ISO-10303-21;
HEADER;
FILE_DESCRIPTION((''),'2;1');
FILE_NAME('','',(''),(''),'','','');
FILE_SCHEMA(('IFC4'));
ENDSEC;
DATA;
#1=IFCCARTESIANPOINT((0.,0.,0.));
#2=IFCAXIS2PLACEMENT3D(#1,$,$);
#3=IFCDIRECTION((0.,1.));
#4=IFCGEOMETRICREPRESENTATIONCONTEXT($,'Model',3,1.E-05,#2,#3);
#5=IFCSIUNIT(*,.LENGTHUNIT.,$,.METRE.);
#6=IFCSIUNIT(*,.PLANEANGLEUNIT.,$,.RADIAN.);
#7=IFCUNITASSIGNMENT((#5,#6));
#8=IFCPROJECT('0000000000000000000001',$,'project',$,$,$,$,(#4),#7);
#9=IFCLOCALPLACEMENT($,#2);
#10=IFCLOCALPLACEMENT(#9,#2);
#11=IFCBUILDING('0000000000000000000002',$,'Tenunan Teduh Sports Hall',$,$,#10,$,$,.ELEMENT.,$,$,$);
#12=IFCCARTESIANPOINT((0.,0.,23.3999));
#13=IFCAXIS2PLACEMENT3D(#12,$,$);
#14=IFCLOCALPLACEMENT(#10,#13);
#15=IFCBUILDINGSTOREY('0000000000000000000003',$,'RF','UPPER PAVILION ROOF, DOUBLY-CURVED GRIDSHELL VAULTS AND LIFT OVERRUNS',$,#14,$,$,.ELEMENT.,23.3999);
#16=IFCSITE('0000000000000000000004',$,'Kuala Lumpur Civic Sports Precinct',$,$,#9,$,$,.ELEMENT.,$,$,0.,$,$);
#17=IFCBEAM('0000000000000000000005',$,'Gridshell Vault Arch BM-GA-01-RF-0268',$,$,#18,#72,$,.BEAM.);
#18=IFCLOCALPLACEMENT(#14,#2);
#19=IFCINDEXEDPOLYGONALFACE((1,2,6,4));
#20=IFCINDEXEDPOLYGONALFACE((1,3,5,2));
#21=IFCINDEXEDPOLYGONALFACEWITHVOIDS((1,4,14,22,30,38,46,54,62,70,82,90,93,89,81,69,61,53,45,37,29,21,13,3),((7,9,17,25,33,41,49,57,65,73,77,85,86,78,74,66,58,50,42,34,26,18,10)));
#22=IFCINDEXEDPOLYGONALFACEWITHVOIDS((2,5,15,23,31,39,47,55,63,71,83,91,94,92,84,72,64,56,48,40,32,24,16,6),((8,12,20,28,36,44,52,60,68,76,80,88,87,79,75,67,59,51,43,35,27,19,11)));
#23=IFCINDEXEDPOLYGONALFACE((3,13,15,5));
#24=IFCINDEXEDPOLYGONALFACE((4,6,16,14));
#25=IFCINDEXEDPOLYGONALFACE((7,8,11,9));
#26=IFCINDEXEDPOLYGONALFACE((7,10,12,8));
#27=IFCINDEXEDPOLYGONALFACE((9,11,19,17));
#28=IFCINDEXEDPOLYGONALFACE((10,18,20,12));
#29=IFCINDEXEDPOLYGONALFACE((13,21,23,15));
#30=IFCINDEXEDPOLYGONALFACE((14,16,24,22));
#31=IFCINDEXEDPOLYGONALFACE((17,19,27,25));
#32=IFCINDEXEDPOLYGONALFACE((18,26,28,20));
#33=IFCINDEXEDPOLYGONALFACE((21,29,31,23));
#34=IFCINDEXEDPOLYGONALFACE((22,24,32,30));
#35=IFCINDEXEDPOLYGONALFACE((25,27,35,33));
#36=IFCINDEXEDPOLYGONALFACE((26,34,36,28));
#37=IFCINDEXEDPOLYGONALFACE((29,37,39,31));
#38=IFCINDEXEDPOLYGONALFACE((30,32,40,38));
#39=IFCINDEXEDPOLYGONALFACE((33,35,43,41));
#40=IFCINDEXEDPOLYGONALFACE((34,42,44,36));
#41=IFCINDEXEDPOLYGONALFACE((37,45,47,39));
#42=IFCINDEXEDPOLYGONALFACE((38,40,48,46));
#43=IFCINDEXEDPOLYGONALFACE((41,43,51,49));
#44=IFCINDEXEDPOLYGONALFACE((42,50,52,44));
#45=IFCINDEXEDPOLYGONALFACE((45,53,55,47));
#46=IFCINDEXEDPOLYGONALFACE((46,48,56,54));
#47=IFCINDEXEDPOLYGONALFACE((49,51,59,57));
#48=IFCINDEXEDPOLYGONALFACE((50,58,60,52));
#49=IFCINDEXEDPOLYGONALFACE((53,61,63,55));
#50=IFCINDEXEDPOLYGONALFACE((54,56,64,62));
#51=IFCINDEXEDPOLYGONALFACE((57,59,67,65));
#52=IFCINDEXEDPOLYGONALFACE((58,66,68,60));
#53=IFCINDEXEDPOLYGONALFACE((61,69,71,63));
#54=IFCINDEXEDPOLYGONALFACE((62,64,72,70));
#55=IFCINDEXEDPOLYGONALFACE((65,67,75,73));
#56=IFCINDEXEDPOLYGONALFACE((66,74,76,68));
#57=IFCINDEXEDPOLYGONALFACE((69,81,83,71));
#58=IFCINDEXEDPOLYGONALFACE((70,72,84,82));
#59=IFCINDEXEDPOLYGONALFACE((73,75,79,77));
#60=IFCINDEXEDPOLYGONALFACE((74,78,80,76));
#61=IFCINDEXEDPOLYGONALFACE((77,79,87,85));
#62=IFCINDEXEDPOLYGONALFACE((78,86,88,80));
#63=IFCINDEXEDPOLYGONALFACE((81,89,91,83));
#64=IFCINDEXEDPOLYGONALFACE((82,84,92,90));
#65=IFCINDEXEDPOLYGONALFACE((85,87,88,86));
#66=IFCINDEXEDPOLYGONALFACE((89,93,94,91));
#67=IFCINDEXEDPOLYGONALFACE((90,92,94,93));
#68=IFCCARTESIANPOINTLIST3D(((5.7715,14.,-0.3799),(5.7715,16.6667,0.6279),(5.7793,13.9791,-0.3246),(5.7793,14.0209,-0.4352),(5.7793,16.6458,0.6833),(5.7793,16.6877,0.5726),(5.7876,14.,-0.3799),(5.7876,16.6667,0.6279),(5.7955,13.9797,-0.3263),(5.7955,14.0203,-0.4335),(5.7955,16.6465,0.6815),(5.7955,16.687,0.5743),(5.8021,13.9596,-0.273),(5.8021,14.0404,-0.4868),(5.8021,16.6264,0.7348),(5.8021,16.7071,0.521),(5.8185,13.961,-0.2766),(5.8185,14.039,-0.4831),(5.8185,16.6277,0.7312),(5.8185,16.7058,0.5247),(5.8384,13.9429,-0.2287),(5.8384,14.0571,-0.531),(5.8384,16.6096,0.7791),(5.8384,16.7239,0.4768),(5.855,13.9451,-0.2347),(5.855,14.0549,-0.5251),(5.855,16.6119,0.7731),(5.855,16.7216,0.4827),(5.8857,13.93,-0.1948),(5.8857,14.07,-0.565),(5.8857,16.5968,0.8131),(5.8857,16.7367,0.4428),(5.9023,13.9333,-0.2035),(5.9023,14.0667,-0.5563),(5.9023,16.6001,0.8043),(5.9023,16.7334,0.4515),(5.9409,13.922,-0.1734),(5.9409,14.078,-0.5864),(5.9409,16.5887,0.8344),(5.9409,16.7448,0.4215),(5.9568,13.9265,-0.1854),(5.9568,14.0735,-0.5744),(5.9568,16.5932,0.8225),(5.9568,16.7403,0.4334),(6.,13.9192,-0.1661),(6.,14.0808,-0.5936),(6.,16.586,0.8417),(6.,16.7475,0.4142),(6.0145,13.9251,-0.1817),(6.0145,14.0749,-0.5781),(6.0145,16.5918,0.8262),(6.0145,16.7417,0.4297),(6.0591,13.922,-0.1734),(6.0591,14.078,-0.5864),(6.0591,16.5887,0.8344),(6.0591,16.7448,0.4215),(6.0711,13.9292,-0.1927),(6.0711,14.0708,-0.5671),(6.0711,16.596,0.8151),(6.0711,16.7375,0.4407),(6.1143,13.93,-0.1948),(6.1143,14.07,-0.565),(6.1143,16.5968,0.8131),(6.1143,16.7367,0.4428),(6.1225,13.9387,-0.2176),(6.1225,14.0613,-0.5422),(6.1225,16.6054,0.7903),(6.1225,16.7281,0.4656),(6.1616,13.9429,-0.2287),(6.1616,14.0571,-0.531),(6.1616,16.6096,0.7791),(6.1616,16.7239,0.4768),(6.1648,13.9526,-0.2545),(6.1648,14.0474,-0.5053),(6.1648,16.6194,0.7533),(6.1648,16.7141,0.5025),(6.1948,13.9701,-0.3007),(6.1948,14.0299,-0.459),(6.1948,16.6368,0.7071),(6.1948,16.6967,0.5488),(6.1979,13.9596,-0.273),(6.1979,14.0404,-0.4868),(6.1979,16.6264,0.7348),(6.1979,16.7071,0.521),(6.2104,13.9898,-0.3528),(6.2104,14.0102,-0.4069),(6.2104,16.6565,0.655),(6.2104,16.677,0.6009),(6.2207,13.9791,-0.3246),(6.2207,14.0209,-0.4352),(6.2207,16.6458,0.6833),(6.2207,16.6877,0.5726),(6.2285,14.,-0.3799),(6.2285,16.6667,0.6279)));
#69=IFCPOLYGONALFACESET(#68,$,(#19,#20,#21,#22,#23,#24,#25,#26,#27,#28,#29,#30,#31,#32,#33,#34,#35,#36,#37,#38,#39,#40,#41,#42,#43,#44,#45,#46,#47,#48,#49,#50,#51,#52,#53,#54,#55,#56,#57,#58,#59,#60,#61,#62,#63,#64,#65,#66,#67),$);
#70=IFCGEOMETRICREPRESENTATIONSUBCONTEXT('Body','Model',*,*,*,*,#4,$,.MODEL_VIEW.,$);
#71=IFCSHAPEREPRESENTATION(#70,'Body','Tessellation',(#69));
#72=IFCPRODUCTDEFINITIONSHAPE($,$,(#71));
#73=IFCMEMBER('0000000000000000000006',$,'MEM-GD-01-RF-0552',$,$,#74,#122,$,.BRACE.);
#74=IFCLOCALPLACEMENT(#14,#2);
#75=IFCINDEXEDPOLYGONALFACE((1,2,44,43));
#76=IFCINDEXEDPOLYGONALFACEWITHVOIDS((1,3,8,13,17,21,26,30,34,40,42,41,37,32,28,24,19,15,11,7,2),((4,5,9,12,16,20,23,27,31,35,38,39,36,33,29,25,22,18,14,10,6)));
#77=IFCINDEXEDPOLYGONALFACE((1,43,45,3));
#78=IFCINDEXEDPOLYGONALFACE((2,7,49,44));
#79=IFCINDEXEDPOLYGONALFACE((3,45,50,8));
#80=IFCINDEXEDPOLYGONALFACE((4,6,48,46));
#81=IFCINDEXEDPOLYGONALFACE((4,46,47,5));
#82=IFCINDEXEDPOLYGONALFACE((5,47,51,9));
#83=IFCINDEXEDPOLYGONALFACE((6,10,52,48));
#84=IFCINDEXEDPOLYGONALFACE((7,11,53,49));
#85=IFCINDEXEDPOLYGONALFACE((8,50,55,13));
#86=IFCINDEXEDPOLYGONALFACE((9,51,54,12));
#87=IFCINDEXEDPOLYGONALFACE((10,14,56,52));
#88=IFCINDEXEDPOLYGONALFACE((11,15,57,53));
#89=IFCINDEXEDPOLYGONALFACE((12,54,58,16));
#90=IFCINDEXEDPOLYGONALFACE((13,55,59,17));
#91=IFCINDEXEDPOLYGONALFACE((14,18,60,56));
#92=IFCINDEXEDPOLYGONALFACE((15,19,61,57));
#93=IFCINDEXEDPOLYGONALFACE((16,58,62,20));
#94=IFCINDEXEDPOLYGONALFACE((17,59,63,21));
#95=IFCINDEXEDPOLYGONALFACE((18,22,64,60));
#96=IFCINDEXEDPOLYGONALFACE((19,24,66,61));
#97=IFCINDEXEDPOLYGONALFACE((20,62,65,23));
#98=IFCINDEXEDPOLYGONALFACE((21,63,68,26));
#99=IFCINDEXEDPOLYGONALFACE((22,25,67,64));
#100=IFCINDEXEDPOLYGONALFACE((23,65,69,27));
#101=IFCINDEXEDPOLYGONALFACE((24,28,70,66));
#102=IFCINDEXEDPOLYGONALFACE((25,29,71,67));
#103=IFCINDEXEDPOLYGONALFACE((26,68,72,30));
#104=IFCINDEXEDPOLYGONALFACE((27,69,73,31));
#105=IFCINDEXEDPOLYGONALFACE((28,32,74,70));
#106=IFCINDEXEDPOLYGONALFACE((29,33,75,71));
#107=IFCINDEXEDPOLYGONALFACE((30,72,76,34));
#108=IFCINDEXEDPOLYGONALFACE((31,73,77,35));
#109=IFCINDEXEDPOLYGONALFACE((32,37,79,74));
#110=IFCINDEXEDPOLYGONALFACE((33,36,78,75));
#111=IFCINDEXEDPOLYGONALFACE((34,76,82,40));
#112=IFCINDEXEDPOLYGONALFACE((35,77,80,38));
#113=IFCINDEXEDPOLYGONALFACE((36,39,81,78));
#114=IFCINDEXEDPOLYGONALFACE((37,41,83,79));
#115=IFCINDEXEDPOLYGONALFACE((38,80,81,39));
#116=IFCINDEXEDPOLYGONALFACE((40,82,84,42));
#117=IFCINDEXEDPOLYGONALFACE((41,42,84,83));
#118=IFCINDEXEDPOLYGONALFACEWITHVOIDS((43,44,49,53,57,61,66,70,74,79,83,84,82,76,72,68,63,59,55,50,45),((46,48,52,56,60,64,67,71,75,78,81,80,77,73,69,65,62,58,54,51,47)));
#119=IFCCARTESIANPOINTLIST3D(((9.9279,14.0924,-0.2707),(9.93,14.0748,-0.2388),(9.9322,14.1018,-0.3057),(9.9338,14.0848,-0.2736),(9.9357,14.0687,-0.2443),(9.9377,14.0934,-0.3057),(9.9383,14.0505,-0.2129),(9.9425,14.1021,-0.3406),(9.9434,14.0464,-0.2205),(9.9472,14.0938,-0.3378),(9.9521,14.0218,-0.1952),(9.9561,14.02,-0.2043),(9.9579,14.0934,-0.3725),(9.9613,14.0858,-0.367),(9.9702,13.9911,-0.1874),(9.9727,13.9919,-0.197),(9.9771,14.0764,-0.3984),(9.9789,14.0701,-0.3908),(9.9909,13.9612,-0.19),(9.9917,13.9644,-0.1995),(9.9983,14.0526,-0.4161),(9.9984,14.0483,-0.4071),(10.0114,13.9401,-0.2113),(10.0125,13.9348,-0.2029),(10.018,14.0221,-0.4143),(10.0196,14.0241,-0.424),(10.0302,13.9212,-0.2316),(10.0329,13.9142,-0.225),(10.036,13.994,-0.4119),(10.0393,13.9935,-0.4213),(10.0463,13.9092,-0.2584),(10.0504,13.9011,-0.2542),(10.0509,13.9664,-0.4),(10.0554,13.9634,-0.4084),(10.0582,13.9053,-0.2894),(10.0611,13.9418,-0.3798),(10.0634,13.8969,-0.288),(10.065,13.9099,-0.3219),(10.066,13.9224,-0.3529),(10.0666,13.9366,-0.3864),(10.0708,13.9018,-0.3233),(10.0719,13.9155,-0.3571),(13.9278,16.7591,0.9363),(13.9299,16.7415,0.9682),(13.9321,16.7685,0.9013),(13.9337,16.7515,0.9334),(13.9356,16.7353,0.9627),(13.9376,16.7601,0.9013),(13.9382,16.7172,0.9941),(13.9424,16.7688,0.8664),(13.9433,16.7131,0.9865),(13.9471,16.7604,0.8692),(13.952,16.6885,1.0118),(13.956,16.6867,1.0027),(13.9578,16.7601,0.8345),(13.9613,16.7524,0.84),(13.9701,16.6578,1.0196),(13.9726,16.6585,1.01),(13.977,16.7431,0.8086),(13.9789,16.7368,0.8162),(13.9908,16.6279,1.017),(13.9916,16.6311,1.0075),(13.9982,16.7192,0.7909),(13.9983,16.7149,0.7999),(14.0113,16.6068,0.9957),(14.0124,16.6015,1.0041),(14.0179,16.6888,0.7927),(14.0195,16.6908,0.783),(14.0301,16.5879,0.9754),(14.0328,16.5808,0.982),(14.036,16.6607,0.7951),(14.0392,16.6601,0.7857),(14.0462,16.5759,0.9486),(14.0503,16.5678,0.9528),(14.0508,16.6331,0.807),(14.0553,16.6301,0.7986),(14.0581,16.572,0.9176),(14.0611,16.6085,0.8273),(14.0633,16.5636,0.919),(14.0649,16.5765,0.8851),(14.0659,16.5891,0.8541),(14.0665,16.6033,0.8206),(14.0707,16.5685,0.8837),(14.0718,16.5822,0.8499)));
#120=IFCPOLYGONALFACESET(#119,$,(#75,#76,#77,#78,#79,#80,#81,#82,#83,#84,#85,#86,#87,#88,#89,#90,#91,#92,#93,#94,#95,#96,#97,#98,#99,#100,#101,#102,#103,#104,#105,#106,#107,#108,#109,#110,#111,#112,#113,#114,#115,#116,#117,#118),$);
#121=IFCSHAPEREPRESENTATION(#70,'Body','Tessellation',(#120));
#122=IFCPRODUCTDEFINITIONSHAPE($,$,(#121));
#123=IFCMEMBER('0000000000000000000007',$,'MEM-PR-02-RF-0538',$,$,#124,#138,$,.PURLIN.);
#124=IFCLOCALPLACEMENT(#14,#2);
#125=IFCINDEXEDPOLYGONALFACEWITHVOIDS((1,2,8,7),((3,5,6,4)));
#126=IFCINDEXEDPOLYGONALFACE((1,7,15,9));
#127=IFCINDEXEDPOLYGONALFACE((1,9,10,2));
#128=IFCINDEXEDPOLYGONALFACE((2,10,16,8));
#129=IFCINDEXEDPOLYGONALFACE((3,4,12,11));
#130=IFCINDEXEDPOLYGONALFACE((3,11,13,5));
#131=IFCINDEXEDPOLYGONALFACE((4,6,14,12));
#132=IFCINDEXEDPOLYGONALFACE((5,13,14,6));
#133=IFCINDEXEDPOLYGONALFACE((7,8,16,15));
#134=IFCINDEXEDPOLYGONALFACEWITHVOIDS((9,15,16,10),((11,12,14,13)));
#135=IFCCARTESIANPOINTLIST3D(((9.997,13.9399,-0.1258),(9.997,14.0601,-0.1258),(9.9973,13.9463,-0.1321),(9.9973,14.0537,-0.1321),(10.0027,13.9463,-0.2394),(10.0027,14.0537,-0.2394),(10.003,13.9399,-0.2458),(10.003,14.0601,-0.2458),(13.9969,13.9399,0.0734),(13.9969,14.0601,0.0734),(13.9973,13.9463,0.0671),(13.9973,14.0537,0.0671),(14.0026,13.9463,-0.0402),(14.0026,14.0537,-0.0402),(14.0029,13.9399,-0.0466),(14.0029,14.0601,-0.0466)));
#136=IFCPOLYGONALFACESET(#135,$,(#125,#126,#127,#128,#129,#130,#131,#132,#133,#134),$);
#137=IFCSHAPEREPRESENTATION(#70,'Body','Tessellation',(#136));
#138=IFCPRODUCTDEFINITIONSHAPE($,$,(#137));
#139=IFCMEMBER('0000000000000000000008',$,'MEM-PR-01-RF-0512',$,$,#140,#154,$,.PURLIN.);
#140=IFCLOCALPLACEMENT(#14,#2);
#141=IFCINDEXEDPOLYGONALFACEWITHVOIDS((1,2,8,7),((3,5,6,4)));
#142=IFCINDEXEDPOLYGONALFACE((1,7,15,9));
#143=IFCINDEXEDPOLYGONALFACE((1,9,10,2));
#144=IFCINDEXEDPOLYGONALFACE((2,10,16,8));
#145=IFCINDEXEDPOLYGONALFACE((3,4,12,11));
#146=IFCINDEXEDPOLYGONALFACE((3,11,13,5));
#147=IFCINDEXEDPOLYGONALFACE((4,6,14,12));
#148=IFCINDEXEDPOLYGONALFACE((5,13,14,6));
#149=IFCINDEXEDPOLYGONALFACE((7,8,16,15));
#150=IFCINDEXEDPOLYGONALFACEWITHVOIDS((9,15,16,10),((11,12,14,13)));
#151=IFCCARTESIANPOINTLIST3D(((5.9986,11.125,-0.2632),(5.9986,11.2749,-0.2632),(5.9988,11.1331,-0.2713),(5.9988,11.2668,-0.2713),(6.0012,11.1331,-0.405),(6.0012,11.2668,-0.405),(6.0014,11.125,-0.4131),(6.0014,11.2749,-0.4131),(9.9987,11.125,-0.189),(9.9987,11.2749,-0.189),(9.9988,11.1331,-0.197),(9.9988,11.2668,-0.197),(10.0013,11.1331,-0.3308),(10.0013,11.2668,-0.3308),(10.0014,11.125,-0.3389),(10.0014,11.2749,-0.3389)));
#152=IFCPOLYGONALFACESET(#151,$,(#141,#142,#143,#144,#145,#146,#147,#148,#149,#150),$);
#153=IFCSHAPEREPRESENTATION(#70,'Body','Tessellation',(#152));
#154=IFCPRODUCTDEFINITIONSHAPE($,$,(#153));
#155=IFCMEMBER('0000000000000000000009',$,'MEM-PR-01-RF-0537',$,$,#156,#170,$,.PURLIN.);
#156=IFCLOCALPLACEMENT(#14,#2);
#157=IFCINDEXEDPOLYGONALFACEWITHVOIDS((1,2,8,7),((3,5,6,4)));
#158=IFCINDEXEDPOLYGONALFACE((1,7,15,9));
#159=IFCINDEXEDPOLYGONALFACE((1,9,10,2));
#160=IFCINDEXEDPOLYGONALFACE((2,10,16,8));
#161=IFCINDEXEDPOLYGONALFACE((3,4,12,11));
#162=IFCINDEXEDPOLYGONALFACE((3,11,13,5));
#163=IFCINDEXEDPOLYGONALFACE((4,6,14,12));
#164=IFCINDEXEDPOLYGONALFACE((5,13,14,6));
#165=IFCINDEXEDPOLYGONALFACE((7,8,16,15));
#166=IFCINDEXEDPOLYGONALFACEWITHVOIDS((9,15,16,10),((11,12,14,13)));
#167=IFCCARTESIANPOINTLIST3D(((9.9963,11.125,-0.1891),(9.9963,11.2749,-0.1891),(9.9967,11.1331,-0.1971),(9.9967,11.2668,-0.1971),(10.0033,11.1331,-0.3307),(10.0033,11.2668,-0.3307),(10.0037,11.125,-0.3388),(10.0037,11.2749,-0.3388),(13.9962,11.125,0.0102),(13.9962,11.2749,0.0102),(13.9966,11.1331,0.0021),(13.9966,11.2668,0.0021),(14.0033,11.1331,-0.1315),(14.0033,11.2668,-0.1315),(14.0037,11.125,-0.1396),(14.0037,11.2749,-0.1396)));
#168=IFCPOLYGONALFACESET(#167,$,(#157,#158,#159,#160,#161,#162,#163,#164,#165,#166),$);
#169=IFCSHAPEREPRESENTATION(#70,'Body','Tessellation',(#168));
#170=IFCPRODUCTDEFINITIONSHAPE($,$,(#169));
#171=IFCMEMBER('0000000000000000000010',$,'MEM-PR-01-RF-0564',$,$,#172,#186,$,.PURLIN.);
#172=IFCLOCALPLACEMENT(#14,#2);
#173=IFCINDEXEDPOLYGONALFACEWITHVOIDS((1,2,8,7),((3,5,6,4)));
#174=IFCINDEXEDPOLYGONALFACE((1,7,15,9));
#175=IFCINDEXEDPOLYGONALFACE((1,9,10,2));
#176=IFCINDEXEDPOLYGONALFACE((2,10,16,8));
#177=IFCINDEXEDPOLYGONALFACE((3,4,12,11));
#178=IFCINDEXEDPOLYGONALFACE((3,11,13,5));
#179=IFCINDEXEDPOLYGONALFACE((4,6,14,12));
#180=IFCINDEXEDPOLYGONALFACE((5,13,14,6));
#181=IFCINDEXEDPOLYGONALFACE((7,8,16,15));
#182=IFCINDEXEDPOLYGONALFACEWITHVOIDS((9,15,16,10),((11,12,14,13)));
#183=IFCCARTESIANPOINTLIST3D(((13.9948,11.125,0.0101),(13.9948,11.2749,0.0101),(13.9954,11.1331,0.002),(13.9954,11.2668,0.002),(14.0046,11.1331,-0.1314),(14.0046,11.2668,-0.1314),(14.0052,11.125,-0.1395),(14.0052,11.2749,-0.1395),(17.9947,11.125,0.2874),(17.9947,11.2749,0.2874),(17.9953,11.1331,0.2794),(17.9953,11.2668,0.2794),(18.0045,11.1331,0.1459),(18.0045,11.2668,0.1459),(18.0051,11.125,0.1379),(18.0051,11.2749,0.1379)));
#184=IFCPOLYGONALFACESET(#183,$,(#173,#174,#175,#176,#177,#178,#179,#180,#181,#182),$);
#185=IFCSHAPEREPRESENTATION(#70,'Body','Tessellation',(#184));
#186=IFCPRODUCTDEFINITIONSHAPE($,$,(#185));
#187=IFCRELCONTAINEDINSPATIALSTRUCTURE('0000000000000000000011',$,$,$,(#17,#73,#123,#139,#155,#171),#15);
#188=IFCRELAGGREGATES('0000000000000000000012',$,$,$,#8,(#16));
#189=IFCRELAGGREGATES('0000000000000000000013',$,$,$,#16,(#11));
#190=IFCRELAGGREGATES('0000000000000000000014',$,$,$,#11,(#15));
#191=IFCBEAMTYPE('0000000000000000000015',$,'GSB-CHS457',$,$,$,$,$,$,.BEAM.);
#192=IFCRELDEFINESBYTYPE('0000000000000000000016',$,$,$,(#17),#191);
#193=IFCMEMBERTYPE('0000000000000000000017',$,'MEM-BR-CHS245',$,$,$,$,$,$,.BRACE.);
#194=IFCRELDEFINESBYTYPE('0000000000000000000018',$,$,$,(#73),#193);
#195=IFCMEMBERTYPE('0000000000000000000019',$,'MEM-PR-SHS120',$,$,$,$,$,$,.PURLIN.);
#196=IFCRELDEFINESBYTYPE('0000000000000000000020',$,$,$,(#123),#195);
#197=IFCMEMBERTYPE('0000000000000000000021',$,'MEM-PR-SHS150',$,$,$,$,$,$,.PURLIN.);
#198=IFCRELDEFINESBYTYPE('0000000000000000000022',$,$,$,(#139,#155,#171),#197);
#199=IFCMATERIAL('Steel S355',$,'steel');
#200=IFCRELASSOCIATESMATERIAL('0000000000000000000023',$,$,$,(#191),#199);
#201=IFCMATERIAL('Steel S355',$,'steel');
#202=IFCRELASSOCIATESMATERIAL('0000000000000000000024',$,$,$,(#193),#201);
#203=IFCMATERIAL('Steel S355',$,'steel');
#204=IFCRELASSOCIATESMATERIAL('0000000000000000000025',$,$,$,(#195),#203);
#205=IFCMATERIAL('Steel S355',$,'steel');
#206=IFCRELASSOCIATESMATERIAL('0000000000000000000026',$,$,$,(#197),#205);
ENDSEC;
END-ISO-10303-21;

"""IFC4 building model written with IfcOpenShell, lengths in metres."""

from ifc_helpers import new_model, si_unit, direction, frame, origin, origin_2d, place, context, subcontext, project, spatial, hollow_rectangle, hollow_circle, extrude, material, material_profile, profile_set, type_object, element, save


model = new_model("IFC4")

# Units and contexts
model_context = context("Model", 3, precision=1e-05, world=origin(), true_north=direction((0.0, 1.0)))
body_context = subcontext(model_context, "Body", "Model", "MODEL_VIEW")
ifc_project = project(units=[si_unit("LENGTHUNIT", "METRE"), si_unit("PLANEANGLEUNIT", "RADIAN")], contexts=[model_context])

# Site, building, storey
site_placement = place(None, origin())
site = spatial("IfcSite", under=ifc_project, at=site_placement, Name="Kuala Lumpur Civic Sports Precinct", CompositionType="ELEMENT", RefElevation=0.0)
building_placement = place(site_placement, origin())
building = spatial("IfcBuilding", under=site, at=building_placement, Name="Tenunan Teduh Sports Hall", CompositionType="ELEMENT")
storey_placement = place(building_placement, frame((0.0, 0.0, 23.3999)))
storey = spatial("IfcBuildingStorey", under=building, at=storey_placement, Name="RF", Description="UPPER PAVILION ROOF, DOUBLY-CURVED GRIDSHELL VAULTS AND LIFT OVERRUNS", CompositionType="ELEMENT", Elevation=23.3999)

# Beam
ifc_material_1 = material(Name="Steel S355", Category="steel")
ifc_material_profile_1 = material_profile(ifc_material_1, hollow_circle(Radius=0.2285, WallThickness=0.0161, at=origin_2d()), Name="CHS 457.0x16.0")
ifc_profile_set_1 = profile_set([ifc_material_profile_1], Name="Steel S355")
beam_type_1 = type_object("IfcBeamType", Name="GSB-CHS457", PredefinedType="BEAM", material=ifc_profile_set_1)
beam_1_placement = place(storey_placement, frame((6.0, 14.0, -0.3799), z_axis=(0.0, 0.935429, 0.353515), x_axis=(-1.0, 0.0, 0.0)))
element("IfcBeam", 1, at=beam_1_placement, inside=storey, type_object=beam_type_1, Name="Gridshell Vault Arch BM-GA-01-RF-0268", PredefinedType="BEAM", context=body_context, shape_type="SweptSolid", body=[
    extrude(hollow_circle(Radius=0.2285, WallThickness=0.0161, at=origin_2d()), origin(), (0.0, 0.0, 1.0), 2.8508),
])

# Members
ifc_material_2 = material(Name="Steel S355", Category="steel")
ifc_material_profile_2 = material_profile(ifc_material_2, hollow_circle(Radius=0.1223, WallThickness=0.01, at=origin_2d()), Name="CHS 244.5x10.0")
ifc_profile_set_2 = profile_set([ifc_material_profile_2], Name="Steel S355")
member_type_1 = type_object("IfcMemberType", Name="MEM-BR-CHS245", PredefinedType="BRACE", material=ifc_profile_set_2)
member_1_placement = place(storey_placement, frame((10.0, 14.0, -0.3057), z_axis=(0.806995, 0.538013, 0.243517), x_axis=(-0.554712, 0.832042, 0.0)))
element("IfcMember", 2, at=member_1_placement, inside=storey, type_object=member_type_1, Name="MEM-GD-01-RF-0552", PredefinedType="BRACE", context=body_context, shape_type="SweptSolid", body=[
    extrude(hollow_circle(Radius=0.1223, WallThickness=0.01, at=origin_2d()), origin(), (0.0, 0.0, 1.0), 4.9565),
])
ifc_material_3 = material(Name="Steel S355", Category="steel")
ifc_material_profile_3 = material_profile(ifc_material_3, hollow_rectangle(XDim=0.1201, YDim=0.1201, WallThickness=0.0063, at=origin_2d()), Name="SHS 120x120x6.3")
ifc_profile_set_3 = profile_set([ifc_material_profile_3], Name="Steel S355")
member_type_2 = type_object("IfcMemberType", Name="MEM-PR-SHS120", PredefinedType="PURLIN", material=ifc_profile_set_3)
member_2_placement = place(storey_placement, frame((10.0, 14.0, -0.1858), z_axis=(0.998762, 0.0, 0.049743), x_axis=(0.0, 1.0, 0.0)))
element("IfcMember", 3, at=member_2_placement, inside=storey, type_object=member_type_2, Name="MEM-PR-02-RF-0538", PredefinedType="PURLIN", context=body_context, shape_type="SweptSolid", body=[
    extrude(hollow_rectangle(XDim=0.1201, YDim=0.1201, WallThickness=0.0063, at=origin_2d()), origin(), (0.0, 0.0, 1.0), 4.0049),
])
ifc_material_4 = material(Name="Steel S355", Category="steel")
ifc_material_profile_4 = material_profile(ifc_material_4, hollow_rectangle(XDim=0.1499, YDim=0.1499, WallThickness=0.0081, at=origin_2d()), Name="SHS 150x150x8.0")
ifc_profile_set_4 = profile_set([ifc_material_profile_4], Name="Steel S355")
member_type_3 = type_object("IfcMemberType", Name="MEM-PR-SHS150", PredefinedType="PURLIN", material=ifc_profile_set_4)
member_3_placement = place(storey_placement, frame((6.0, 11.2, -0.3381), z_axis=(0.999828, 0.0, 0.018551), x_axis=(0.0, 1.0, 0.0)))
element("IfcMember", 4, at=member_3_placement, inside=storey, type_object=member_type_3, Name="MEM-PR-01-RF-0512", PredefinedType="PURLIN", context=body_context, shape_type="SweptSolid", body=[
    extrude(hollow_rectangle(XDim=0.1499, YDim=0.1499, WallThickness=0.0081, at=origin_2d()), origin(), (0.0, 0.0, 1.0), 4.0007),
])
member_4_placement = place(storey_placement, frame((10.0, 11.2, -0.2639), z_axis=(0.998762, 0.0, 0.049743), x_axis=(0.0, 1.0, 0.0)))
element("IfcMember", 5, at=member_4_placement, inside=storey, type_object=member_type_3, Name="MEM-PR-01-RF-0537", PredefinedType="PURLIN", context=body_context, shape_type="SweptSolid", body=[
    extrude(hollow_rectangle(XDim=0.1499, YDim=0.1499, WallThickness=0.0081, at=origin_2d()), origin(), (0.0, 0.0, 1.0), 4.0049),
])
member_5_placement = place(storey_placement, frame((14.0, 11.2, -0.0647), z_axis=(0.997605, 0.0, 0.06917), x_axis=(0.0, 1.0, 0.0)))
element("IfcMember", 6, at=member_5_placement, inside=storey, type_object=member_type_3, Name="MEM-PR-01-RF-0564", PredefinedType="PURLIN", context=body_context, shape_type="SweptSolid", body=[
    extrude(hollow_rectangle(XDim=0.1499, YDim=0.1499, WallThickness=0.0081, at=origin_2d()), origin(), (0.0, 0.0, 1.0), 4.0095),
])

save(model, "model.ifc")
